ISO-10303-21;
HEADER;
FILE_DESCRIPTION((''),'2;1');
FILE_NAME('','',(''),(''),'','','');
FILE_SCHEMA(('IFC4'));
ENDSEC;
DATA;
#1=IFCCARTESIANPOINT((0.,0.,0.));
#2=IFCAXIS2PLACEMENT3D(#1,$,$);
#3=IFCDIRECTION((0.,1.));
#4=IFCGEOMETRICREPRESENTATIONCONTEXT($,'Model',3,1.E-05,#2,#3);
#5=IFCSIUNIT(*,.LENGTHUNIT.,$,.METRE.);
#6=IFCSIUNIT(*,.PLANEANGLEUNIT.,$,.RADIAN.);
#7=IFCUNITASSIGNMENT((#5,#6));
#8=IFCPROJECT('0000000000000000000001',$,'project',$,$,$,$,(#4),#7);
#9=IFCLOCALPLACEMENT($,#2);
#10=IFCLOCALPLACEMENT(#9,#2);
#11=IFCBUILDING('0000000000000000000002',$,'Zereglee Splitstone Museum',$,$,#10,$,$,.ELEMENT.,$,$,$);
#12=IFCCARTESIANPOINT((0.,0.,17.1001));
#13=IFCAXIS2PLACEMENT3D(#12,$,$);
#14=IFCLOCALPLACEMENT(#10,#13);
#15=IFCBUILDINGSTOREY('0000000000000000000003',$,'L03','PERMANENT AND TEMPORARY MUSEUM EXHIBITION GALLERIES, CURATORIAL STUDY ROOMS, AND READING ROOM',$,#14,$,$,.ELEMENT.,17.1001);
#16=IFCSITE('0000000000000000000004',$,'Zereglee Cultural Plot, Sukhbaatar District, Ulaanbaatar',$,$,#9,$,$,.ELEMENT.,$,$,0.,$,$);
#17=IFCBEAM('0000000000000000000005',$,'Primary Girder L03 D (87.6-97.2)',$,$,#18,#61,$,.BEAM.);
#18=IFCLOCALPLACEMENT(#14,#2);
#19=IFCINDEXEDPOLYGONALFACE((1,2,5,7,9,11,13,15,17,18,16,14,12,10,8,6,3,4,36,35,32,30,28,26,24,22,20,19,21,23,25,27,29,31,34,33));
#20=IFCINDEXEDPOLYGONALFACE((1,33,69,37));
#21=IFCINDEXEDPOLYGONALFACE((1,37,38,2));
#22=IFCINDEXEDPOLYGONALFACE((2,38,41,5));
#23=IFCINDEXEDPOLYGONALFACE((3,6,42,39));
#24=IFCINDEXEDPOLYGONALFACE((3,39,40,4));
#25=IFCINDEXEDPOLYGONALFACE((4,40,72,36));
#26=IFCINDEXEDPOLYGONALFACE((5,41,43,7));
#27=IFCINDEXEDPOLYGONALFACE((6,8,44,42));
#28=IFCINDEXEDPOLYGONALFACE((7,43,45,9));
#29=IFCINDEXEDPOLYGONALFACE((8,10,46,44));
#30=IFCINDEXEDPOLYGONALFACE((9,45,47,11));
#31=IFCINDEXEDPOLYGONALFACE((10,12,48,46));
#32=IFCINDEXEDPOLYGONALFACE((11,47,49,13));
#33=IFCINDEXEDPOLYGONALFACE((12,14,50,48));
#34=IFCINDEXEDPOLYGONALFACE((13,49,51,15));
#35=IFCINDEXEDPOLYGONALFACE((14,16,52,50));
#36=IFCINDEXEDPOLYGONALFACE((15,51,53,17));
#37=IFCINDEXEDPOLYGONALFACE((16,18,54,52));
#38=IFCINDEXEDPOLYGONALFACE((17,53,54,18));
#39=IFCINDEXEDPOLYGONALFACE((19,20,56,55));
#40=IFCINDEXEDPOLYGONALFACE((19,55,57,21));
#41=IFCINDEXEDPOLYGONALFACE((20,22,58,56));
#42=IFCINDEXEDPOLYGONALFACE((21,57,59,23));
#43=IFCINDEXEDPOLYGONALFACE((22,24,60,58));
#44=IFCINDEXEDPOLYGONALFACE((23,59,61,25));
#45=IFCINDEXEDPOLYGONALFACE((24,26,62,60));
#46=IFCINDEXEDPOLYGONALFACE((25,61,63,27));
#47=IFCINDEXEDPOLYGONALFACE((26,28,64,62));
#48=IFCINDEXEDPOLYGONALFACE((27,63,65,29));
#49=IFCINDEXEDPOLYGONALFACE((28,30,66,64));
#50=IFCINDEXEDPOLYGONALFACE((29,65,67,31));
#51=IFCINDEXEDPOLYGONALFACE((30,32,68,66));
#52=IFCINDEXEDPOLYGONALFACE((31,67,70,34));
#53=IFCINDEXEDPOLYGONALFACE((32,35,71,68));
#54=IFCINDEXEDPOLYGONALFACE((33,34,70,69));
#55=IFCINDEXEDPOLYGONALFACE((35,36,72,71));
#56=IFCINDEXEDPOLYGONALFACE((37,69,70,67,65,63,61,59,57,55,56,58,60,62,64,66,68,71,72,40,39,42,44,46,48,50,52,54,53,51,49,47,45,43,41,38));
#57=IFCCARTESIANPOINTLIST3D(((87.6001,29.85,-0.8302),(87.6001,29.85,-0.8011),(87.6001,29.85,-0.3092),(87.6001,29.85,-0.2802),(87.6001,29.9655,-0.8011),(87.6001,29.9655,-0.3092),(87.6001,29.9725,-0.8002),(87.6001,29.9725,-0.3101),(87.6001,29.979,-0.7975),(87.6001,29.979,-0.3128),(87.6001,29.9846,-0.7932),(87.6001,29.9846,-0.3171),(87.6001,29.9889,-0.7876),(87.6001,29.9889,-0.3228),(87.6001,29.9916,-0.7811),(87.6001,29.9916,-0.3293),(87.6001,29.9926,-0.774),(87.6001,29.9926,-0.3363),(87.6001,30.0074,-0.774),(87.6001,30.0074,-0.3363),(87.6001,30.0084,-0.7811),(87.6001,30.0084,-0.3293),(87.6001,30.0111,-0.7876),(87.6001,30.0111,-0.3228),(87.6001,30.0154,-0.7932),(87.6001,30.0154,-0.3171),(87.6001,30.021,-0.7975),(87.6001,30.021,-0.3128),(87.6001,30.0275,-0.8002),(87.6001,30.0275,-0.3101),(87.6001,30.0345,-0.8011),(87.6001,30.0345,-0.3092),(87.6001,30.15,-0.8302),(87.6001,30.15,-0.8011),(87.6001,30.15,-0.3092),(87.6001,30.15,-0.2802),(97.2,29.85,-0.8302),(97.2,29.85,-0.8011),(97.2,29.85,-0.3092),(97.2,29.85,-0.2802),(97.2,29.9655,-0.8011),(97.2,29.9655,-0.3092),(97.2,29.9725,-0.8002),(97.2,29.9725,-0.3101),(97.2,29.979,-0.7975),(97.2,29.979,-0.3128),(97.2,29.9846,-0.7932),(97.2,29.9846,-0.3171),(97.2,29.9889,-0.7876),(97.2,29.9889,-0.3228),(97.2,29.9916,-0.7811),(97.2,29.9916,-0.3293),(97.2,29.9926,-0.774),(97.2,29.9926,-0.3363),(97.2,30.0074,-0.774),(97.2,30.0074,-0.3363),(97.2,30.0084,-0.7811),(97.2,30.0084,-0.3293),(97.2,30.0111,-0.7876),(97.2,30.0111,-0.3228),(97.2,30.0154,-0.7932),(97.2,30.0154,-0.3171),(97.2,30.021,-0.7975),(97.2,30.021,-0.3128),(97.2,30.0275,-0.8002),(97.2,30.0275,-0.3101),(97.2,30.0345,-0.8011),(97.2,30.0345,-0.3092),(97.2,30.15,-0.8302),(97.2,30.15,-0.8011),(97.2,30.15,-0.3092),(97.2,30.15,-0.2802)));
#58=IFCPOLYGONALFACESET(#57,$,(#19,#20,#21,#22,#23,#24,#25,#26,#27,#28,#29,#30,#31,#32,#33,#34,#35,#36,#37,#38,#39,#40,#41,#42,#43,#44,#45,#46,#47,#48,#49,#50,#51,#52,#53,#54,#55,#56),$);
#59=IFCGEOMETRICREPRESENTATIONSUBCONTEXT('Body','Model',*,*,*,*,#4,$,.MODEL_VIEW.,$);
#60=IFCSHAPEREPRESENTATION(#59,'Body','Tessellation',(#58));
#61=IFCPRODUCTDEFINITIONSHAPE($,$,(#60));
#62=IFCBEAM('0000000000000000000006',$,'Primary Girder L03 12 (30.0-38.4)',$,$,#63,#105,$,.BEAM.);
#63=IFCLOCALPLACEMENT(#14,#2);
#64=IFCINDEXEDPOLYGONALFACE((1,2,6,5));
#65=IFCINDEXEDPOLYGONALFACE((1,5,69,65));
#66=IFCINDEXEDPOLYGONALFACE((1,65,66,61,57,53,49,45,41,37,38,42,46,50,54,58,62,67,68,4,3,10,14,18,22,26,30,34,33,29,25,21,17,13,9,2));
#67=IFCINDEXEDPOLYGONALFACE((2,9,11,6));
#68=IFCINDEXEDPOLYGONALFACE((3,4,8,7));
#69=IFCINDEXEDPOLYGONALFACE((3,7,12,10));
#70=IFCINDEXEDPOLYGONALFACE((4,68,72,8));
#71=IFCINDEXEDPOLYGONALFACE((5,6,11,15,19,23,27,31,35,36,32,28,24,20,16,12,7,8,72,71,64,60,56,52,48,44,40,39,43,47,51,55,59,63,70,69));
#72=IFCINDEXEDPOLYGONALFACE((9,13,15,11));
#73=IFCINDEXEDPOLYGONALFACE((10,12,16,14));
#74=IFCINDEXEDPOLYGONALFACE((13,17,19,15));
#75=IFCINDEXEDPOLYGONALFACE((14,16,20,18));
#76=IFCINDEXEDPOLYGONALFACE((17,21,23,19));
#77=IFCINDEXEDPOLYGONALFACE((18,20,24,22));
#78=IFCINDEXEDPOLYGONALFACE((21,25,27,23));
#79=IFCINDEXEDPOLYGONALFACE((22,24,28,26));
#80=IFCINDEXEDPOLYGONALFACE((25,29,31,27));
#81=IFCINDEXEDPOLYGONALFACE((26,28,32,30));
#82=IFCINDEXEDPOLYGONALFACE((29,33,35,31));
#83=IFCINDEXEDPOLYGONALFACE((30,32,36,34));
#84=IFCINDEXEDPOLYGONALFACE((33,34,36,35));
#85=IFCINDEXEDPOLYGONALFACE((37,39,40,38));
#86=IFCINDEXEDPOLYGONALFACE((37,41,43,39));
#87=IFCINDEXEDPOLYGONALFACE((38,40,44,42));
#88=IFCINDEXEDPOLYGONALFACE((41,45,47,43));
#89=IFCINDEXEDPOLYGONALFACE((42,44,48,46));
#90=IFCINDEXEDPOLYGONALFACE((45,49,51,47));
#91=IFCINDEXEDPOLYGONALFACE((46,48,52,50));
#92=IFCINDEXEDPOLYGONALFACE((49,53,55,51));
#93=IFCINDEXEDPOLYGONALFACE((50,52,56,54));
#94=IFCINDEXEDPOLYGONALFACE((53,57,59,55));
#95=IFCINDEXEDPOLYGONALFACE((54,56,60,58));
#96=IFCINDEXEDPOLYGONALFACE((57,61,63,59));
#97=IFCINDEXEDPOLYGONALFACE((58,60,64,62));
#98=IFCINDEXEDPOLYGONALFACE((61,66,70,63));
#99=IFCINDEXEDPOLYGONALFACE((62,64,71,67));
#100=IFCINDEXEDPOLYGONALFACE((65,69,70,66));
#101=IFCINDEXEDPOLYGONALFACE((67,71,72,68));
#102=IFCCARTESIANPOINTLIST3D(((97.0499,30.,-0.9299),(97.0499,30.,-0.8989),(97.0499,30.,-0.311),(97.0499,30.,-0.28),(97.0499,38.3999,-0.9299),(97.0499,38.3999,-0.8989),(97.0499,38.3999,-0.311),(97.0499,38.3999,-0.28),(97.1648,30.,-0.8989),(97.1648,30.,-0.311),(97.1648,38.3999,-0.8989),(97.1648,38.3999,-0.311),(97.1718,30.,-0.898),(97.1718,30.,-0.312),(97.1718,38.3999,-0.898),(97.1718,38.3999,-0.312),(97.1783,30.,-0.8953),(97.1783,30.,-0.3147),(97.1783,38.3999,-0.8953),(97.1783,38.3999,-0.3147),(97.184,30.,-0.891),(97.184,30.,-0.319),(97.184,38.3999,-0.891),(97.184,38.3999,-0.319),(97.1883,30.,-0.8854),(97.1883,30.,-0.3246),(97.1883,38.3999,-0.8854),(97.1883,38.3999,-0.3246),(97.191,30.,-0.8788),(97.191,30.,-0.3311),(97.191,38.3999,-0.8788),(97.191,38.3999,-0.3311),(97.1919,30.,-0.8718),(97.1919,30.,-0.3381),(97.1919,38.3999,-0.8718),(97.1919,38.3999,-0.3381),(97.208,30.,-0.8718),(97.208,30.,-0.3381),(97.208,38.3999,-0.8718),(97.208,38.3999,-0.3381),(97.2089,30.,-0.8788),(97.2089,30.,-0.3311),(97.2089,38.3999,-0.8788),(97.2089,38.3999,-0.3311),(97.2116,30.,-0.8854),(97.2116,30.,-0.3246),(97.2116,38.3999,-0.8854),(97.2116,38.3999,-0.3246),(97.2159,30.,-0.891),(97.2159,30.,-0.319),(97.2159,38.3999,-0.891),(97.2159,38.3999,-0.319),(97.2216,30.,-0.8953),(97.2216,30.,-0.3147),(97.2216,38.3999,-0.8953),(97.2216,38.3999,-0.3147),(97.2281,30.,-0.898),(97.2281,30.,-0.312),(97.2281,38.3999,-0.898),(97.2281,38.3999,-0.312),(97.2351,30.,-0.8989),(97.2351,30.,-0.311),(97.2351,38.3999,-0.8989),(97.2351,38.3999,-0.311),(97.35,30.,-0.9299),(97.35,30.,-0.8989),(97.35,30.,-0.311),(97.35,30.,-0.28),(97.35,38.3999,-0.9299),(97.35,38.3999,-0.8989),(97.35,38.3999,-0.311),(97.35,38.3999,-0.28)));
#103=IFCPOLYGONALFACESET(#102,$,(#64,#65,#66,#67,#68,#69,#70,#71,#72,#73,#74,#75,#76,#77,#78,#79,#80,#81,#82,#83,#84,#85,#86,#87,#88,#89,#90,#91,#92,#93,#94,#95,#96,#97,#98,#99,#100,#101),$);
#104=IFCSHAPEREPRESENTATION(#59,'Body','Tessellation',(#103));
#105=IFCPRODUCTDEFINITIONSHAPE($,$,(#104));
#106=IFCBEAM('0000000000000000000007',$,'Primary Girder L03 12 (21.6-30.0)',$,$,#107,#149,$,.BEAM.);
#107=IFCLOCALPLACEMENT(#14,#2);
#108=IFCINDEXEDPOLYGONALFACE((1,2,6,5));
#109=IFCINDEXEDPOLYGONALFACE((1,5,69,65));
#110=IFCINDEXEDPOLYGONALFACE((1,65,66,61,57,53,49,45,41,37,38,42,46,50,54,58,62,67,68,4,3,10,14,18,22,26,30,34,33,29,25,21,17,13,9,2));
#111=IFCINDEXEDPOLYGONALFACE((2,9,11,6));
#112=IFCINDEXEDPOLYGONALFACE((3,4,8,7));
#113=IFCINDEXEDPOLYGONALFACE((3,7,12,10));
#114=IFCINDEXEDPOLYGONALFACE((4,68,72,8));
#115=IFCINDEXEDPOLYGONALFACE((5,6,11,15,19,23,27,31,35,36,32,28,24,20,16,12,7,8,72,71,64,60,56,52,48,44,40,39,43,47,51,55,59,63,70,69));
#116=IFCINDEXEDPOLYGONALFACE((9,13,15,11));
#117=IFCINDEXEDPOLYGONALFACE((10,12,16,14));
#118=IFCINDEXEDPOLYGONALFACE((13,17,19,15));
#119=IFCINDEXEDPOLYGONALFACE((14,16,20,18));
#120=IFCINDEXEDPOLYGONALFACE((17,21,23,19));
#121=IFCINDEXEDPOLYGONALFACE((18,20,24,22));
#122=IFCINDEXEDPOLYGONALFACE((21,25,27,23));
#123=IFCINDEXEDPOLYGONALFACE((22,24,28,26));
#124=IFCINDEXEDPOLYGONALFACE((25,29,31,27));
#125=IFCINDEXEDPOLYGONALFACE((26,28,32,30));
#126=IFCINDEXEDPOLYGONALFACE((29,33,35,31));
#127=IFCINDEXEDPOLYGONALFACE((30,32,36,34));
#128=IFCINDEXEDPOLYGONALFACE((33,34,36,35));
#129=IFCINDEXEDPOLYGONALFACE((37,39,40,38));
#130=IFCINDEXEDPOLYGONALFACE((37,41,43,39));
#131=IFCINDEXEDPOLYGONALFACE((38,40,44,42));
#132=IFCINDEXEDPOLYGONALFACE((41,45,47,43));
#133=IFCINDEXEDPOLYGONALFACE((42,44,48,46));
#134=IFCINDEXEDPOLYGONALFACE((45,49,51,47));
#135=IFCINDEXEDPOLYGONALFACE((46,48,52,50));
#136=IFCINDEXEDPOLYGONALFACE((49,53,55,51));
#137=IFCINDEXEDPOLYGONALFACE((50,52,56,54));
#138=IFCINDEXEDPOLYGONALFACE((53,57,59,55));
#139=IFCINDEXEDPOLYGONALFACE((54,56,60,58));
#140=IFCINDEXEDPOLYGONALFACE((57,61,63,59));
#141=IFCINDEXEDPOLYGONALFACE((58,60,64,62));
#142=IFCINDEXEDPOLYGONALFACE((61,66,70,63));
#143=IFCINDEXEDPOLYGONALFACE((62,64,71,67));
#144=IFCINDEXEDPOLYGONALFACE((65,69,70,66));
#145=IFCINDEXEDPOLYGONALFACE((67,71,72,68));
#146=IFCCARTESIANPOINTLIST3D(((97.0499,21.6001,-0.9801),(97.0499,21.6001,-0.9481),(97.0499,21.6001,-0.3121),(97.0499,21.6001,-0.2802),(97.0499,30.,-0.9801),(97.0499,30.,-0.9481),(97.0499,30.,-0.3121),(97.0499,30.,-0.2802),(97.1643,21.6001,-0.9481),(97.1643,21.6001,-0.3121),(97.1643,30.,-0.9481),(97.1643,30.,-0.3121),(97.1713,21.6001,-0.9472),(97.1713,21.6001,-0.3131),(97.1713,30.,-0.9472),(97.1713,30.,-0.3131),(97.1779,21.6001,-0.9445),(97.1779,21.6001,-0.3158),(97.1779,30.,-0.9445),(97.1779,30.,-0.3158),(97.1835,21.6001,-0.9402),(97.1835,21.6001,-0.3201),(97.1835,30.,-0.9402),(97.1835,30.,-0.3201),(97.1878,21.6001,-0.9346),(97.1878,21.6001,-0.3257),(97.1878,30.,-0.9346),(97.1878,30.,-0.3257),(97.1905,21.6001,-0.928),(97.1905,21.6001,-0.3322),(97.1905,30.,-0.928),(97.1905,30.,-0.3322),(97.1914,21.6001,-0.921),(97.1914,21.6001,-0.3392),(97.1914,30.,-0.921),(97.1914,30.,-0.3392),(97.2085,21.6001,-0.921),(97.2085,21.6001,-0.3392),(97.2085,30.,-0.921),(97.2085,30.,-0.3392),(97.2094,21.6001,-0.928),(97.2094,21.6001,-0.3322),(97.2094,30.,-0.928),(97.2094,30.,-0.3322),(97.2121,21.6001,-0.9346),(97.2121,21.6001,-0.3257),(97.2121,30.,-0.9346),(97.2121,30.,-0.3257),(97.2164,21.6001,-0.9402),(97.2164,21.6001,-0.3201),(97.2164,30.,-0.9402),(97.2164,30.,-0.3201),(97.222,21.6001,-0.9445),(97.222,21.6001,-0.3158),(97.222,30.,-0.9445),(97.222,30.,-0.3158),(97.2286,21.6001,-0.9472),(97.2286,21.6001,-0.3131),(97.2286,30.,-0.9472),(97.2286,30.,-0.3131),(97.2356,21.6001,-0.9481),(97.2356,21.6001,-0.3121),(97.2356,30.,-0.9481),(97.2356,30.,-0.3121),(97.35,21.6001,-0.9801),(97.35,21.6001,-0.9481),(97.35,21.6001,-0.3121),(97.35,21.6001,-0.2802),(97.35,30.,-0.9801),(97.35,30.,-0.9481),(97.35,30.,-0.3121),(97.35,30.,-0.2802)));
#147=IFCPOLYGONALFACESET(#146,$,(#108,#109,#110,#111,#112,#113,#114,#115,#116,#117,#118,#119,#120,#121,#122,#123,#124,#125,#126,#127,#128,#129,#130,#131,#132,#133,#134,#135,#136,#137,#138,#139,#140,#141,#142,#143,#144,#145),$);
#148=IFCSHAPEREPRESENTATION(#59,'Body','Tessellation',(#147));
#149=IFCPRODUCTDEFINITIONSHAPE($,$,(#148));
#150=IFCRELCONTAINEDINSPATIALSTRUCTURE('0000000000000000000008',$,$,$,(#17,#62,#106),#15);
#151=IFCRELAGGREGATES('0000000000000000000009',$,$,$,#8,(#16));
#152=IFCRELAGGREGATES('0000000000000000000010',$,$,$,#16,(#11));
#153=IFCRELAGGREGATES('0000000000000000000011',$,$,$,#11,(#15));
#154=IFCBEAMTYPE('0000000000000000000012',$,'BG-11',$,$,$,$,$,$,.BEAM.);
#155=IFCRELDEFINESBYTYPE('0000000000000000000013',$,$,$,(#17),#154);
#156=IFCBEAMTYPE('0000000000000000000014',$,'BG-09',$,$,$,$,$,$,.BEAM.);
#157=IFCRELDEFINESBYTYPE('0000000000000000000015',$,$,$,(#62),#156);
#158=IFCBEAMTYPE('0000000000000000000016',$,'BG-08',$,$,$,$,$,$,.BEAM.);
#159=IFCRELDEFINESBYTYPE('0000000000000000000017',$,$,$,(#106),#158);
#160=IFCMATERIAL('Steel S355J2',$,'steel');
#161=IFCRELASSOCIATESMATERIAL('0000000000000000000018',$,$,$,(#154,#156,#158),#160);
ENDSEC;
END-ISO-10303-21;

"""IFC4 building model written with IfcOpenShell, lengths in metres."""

from ifc_helpers import new_model, si_unit, direction, frame, origin, origin_2d, place, context, subcontext, project, spatial, i_section, extrude, material, material_profile, profile_set, type_object, element, save


model = new_model("IFC4")

# Units and contexts
model_context = context("Model", 3, precision=1e-05, world=origin(), true_north=direction((0.0, 1.0)))
body_context = subcontext(model_context, "Body", "Model", "MODEL_VIEW")
ifc_project = project(units=[si_unit("LENGTHUNIT", "METRE"), si_unit("PLANEANGLEUNIT", "RADIAN")], contexts=[model_context])

# Site, building, storey
site_placement = place(None, origin())
site = spatial("IfcSite", under=ifc_project, at=site_placement, Name="Zereglee Cultural Plot, Sukhbaatar District, Ulaanbaatar", CompositionType="ELEMENT", RefElevation=0.0)
building_placement = place(site_placement, origin())
building = spatial("IfcBuilding", under=site, at=building_placement, Name="Zereglee Splitstone Museum", CompositionType="ELEMENT")
storey_placement = place(building_placement, frame((0.0, 0.0, 17.1001)))
storey = spatial("IfcBuildingStorey", under=building, at=storey_placement, Name="L03", Description="PERMANENT AND TEMPORARY MUSEUM EXHIBITION GALLERIES, CURATORIAL STUDY ROOMS, AND READING ROOM", CompositionType="ELEMENT", Elevation=17.1001)

# Shared definitions
ifc_material_1 = material(Name="Steel S355J2", Category="steel")

# Beams
ifc_material_profile_1 = material_profile(ifc_material_1, i_section(OverallWidth=0.3, OverallDepth=0.55, WebThickness=0.0149, FlangeThickness=0.0291, FilletRadius=0.0271, at=origin_2d()), Name="HE 550 B")
ifc_profile_set_1 = profile_set([ifc_material_profile_1], Name="Steel S355J2")
beam_type_1 = type_object("IfcBeamType", Name="BG-11", PredefinedType="BEAM", material=ifc_profile_set_1)
beam_1_placement = place(storey_placement, frame((87.6001, 30.0, -0.5552), z_axis=(1.0, 0.0, 0.0), x_axis=(0.0, 1.0, 0.0)))
element("IfcBeam", 1, at=beam_1_placement, inside=storey, type_object=beam_type_1, Name="Primary Girder L03 D (87.6-97.2)", PredefinedType="BEAM", context=body_context, shape_type="SweptSolid", body=[
    extrude(i_section(OverallWidth=0.3, OverallDepth=0.55, WebThickness=0.0149, FlangeThickness=0.0291, FilletRadius=0.0271, at=origin_2d()), origin(), (0.0, 0.0, 1.0), 9.5999),
])
ifc_material_profile_2 = material_profile(ifc_material_1, i_section(OverallWidth=0.3, OverallDepth=0.6499, WebThickness=0.0161, FlangeThickness=0.031, FilletRadius=0.0271, at=origin_2d()), Name="HE 650 B")
ifc_profile_set_2 = profile_set([ifc_material_profile_2], Name="Steel S355J2")
beam_type_2 = type_object("IfcBeamType", Name="BG-09", PredefinedType="BEAM", material=ifc_profile_set_2)
beam_2_placement = place(storey_placement, frame((97.2, 30.0, -0.605), z_axis=(0.0, 1.0, 0.0), x_axis=(-1.0, 0.0, 0.0)))
element("IfcBeam", 2, at=beam_2_placement, inside=storey, type_object=beam_type_2, Name="Primary Girder L03 12 (30.0-38.4)", PredefinedType="BEAM", context=body_context, shape_type="SweptSolid", body=[
    extrude(i_section(OverallWidth=0.3, OverallDepth=0.6499, WebThickness=0.0161, FlangeThickness=0.031, FilletRadius=0.0271, at=origin_2d()), origin(), (0.0, 0.0, 1.0), 8.3999),
])
ifc_material_profile_3 = material_profile(ifc_material_1, i_section(OverallWidth=0.3, OverallDepth=0.7, WebThickness=0.0171, FlangeThickness=0.032, FilletRadius=0.0271, at=origin_2d()), Name="HE 700 B")
ifc_profile_set_3 = profile_set([ifc_material_profile_3], Name="Steel S355J2")
beam_type_3 = type_object("IfcBeamType", Name="BG-08", PredefinedType="BEAM", material=ifc_profile_set_3)
beam_3_placement = place(storey_placement, frame((97.2, 21.6001, -0.6301), z_axis=(0.0, 1.0, 0.0), x_axis=(-1.0, 0.0, 0.0)))
element("IfcBeam", 3, at=beam_3_placement, inside=storey, type_object=beam_type_3, Name="Primary Girder L03 12 (21.6-30.0)", PredefinedType="BEAM", context=body_context, shape_type="SweptSolid", body=[
    extrude(i_section(OverallWidth=0.3, OverallDepth=0.7, WebThickness=0.0171, FlangeThickness=0.032, FilletRadius=0.0271, at=origin_2d()), origin(), (0.0, 0.0, 1.0), 8.3999),
])

save(model, "model.ifc")
